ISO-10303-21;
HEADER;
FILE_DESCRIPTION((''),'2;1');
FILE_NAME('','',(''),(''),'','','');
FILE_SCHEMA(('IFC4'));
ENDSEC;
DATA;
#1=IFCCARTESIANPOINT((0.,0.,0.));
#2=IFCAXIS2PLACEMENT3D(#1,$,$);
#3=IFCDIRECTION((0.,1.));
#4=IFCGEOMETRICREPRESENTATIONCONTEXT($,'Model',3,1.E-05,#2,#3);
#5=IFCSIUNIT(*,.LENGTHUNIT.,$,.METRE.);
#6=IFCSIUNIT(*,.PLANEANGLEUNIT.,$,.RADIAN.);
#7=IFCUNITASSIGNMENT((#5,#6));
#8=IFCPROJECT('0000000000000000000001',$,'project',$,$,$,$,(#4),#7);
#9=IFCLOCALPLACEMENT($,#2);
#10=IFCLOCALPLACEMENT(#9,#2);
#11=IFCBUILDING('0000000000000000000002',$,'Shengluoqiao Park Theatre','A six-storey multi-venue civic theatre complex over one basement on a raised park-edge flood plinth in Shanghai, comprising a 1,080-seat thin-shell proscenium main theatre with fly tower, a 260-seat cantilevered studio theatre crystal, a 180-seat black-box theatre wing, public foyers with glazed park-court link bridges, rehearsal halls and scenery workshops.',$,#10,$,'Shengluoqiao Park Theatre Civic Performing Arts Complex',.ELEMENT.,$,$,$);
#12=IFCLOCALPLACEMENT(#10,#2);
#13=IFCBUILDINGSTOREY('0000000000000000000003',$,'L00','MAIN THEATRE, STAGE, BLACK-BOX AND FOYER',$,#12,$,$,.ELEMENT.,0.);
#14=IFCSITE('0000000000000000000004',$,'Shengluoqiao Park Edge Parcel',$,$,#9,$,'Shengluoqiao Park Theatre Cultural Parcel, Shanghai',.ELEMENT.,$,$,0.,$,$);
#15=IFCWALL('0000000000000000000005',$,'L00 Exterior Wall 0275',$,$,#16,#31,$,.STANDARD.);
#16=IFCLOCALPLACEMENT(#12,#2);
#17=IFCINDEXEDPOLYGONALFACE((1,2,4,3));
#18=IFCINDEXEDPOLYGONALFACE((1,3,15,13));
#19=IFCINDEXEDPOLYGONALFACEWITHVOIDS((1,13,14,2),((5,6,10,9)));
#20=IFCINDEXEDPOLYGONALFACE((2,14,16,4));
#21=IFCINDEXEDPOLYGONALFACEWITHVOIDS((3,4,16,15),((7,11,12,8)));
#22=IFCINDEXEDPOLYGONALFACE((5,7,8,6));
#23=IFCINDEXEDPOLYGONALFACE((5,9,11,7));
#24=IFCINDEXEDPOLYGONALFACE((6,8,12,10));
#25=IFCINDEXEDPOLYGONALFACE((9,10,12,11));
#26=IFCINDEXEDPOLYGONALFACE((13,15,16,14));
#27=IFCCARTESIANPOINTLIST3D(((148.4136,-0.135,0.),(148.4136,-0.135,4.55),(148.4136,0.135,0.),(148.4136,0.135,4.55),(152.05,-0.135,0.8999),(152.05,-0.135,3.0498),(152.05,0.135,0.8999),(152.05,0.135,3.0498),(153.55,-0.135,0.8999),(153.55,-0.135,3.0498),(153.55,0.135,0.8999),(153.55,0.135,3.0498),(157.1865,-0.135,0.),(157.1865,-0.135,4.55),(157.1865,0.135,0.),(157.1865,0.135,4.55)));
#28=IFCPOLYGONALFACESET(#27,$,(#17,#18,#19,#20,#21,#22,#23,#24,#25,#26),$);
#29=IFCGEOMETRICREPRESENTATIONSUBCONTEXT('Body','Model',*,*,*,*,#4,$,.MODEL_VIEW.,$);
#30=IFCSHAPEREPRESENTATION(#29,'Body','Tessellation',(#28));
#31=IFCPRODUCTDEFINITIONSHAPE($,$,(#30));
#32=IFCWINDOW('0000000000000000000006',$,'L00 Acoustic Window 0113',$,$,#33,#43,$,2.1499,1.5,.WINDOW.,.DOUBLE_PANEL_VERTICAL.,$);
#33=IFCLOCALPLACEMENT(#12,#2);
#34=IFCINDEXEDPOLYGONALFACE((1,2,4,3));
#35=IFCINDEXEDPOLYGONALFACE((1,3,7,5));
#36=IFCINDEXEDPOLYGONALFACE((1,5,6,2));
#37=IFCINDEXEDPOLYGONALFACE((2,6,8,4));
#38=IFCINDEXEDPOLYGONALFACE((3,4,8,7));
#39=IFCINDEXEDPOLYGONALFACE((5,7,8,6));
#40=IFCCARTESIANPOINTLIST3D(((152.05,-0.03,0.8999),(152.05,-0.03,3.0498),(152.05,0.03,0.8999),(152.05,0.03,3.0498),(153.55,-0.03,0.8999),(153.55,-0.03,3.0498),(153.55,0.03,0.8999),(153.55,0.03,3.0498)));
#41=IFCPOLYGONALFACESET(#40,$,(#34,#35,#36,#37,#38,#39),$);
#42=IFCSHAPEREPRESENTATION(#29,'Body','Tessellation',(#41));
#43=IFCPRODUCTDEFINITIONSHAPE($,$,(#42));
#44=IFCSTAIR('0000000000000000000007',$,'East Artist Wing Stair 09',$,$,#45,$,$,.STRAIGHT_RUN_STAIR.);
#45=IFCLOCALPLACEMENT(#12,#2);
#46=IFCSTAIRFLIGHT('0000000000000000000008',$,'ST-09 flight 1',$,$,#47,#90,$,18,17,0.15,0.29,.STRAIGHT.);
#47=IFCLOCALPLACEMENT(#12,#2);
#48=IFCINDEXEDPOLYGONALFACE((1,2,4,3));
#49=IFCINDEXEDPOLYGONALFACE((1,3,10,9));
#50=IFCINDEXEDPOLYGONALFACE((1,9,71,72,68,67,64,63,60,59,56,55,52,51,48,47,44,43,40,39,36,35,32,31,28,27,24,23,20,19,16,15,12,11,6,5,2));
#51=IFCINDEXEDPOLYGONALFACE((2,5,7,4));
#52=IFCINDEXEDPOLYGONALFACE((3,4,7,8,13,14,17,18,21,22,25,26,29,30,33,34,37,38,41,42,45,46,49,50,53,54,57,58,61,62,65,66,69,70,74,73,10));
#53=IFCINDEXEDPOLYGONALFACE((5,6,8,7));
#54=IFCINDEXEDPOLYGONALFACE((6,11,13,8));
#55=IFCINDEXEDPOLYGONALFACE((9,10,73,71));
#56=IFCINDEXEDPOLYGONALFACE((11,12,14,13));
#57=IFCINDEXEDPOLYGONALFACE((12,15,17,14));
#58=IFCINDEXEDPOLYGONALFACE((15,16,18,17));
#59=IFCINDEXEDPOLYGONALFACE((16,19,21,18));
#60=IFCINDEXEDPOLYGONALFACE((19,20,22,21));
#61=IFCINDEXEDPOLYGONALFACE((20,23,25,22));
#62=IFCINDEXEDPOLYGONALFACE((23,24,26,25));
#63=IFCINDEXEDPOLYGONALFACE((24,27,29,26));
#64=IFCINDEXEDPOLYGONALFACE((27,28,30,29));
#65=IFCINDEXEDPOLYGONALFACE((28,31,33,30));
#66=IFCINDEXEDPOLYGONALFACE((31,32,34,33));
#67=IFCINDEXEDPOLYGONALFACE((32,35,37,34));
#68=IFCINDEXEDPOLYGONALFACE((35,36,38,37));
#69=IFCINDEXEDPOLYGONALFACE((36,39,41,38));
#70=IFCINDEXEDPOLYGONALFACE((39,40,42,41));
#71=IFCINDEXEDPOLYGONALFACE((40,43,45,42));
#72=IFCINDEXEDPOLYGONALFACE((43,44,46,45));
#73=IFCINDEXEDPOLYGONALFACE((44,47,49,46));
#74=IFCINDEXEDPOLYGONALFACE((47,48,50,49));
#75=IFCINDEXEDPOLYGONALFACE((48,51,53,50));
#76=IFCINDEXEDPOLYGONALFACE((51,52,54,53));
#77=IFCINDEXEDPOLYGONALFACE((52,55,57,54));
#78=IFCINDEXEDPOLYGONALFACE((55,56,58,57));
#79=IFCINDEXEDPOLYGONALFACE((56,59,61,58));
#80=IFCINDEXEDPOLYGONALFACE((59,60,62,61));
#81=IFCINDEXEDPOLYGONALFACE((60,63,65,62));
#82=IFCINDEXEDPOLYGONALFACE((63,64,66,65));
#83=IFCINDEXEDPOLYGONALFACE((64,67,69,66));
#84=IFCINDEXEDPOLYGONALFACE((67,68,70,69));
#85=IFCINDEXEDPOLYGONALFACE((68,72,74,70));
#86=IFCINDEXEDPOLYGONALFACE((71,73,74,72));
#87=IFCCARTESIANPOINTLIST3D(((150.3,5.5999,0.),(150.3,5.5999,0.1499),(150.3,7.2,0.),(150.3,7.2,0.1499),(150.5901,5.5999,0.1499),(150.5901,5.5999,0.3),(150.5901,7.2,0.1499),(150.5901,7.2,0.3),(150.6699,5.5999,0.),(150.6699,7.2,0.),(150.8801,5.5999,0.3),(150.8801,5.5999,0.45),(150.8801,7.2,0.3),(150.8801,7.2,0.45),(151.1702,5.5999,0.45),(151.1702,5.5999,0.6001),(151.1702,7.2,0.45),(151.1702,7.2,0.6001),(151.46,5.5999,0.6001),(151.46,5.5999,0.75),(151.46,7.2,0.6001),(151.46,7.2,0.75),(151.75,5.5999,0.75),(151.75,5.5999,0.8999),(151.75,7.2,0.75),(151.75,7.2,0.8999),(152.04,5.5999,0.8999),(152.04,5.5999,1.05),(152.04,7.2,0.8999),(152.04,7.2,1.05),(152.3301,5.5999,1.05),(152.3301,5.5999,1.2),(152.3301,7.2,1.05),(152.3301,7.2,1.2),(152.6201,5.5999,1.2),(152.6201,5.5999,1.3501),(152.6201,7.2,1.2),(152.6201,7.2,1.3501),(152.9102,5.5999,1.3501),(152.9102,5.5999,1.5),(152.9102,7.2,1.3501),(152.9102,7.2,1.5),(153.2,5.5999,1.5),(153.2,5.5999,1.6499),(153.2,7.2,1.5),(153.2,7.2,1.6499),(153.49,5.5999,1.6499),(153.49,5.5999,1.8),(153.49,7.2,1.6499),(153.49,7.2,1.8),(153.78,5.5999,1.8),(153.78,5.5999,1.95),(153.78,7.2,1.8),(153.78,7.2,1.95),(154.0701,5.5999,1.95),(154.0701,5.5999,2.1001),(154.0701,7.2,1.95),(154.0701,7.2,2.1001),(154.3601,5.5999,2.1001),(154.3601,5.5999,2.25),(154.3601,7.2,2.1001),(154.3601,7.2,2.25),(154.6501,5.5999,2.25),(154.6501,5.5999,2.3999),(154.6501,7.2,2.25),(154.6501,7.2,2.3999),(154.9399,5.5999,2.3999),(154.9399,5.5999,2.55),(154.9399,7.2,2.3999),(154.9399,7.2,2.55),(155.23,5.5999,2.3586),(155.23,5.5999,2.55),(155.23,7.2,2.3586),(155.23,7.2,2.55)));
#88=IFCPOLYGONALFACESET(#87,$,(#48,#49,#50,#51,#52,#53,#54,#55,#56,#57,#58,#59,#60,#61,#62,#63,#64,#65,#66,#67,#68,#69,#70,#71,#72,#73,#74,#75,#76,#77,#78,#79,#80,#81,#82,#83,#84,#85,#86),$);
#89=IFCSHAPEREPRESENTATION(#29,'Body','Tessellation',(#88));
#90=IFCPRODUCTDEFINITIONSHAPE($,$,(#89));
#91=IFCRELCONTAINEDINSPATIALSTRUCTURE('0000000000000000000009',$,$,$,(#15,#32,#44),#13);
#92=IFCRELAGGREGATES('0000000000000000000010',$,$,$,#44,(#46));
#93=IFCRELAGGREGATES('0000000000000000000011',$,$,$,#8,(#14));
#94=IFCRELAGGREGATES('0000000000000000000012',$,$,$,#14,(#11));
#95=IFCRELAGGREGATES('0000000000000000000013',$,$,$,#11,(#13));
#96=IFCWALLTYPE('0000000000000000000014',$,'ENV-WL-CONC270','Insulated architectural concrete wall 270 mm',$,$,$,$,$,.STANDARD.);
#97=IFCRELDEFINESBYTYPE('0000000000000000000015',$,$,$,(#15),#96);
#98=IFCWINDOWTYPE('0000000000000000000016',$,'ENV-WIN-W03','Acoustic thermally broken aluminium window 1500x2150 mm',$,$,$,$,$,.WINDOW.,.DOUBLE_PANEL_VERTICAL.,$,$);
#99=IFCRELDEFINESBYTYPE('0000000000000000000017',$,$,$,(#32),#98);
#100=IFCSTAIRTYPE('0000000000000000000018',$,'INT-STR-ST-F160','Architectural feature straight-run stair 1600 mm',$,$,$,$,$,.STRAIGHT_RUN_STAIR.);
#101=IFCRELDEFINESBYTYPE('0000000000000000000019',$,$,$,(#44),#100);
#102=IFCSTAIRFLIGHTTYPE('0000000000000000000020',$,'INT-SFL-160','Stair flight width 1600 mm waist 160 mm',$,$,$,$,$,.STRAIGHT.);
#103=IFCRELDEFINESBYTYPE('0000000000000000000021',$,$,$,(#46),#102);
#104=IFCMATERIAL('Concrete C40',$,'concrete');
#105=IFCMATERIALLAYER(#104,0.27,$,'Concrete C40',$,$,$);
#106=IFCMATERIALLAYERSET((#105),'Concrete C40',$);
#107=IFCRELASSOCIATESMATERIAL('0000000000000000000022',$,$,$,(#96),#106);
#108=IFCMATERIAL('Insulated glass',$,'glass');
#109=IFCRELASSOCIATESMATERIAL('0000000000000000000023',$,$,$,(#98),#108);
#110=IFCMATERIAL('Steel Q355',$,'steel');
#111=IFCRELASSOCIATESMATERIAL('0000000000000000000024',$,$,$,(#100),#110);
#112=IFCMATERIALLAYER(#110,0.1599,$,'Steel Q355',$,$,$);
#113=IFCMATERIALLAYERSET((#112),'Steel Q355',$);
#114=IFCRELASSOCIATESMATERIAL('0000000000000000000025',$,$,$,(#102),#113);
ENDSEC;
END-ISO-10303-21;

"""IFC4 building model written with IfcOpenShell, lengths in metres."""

from ifc_helpers import new_model, si_unit, direction, frame, frame_2d, origin, place, context, subcontext, project, spatial, polyline, rectangle, outline, extrude, material, layer, layer_set, type_object, element, fill, aggregate, save


model = new_model("IFC4")

# Units and contexts
model_context = context("Model", 3, precision=1e-05, world=origin(), true_north=direction((0.0, 1.0)))
body_context = subcontext(model_context, "Body", "Model", "MODEL_VIEW")
ifc_project = project(units=[si_unit("LENGTHUNIT", "METRE"), si_unit("PLANEANGLEUNIT", "RADIAN")], contexts=[model_context])

# Site, building, storey
site_placement = place(None, origin())
site = spatial("IfcSite", under=ifc_project, at=site_placement, Name="Shengluoqiao Park Edge Parcel", LongName="Shengluoqiao Park Theatre Cultural Parcel, Shanghai", CompositionType="ELEMENT", RefElevation=0.0)
building_placement = place(site_placement, origin())
building = spatial("IfcBuilding", under=site, at=building_placement, Name="Shengluoqiao Park Theatre", Description="A six-storey multi-venue civic theatre complex over one basement on a raised park-edge flood plinth in Shanghai, comprising a 1,080-seat thin-shell proscenium main theatre with fly tower, a 260-seat cantilevered studio theatre crystal, a 180-seat black-box theatre wing, public foyers with glazed park-court link bridges, rehearsal halls and scenery workshops.", LongName="Shengluoqiao Park Theatre Civic Performing Arts Complex", CompositionType="ELEMENT")
storey_placement = place(building_placement, origin())
storey = spatial("IfcBuildingStorey", under=building, at=storey_placement, Name="L00", Description="MAIN THEATRE, STAGE, BLACK-BOX AND FOYER", CompositionType="ELEMENT", Elevation=0.0)

# Shared definitions
ifc_material_1 = material(Name="Concrete C40", Category="concrete")

# Shared definitions
ifc_material_2 = material(Name="Insulated glass", Category="glass")

# Wall, opening, window
ifc_layer_1 = layer(ifc_material_1, 0.27, Name="Concrete C40")
ifc_layer_set_1 = layer_set([ifc_layer_1], Name="Concrete C40")
wall_type = type_object("IfcWallType", Name="ENV-WL-CONC270", Description="Insulated architectural concrete wall 270 mm", PredefinedType="STANDARD", material=ifc_layer_set_1)
wall_placement = place(storey_placement, frame((148.4136, 0.0, 0.0), z_axis=(0.0, 0.0, 1.0), x_axis=(1.0, 0.0, 0.0)))
wall = element("IfcWall", 1, at=wall_placement, inside=storey, type_object=wall_type, Name="L00 Exterior Wall 0275", PredefinedType="STANDARD", context=body_context, shape_type="SweptSolid", body=[
    extrude(rectangle(XDim=8.7729, YDim=0.27, at=frame_2d((4.3865, 0.0))), origin(), (0.0, 0.0, 1.0), 4.55),
])
opening_placement = place(wall_placement, frame((3.6365, 0.0, 0.8999)))
opening = element("IfcOpeningElement", 2, at=opening_placement, cuts=wall, PredefinedType="OPENING", context=body_context, shape_type="SweptSolid", body=[
    extrude(rectangle(XDim=1.5, YDim=2.1499, at=frame_2d((0.75, 1.075))), frame((0.0, 0.145, 0.0), z_axis=(0.0, -1.0, 0.0), x_axis=(1.0, 0.0, 0.0)), (0.0, 0.0, 1.0), 0.29),
])
window_type = type_object("IfcWindowType", Name="ENV-WIN-W03", Description="Acoustic thermally broken aluminium window 1500x2150 mm", PartitioningType="DOUBLE_PANEL_VERTICAL", PredefinedType="WINDOW", material=ifc_material_2)
window_placement = place(opening_placement, origin())
window = element("IfcWindow", 3, at=window_placement, inside=storey, type_object=window_type, Name="L00 Acoustic Window 0113", OverallHeight=2.1499, OverallWidth=1.5, PartitioningType="DOUBLE_PANEL_VERTICAL", PredefinedType="WINDOW", context=body_context, shape_type="SweptSolid", body=[
    extrude(rectangle(XDim=1.5, YDim=2.1499, at=frame_2d((0.75, 1.075))), frame((0.0, 0.03, 0.0), z_axis=(0.0, -1.0, 0.0), x_axis=(1.0, 0.0, 0.0)), (0.0, 0.0, 1.0), 0.0601),
])
fill(opening, window)

# Stair, stair flight
ifc_material_3 = material(Name="Steel Q355", Category="steel")
stair_type = type_object("IfcStairType", Name="INT-STR-ST-F160", Description="Architectural feature straight-run stair 1600 mm", PredefinedType="STRAIGHT_RUN_STAIR", material=ifc_material_3)
stair_placement = place(storey_placement, origin())
stair = element("IfcStair", 4, at=stair_placement, inside=storey, type_object=stair_type, Name="East Artist Wing Stair 09", PredefinedType="STRAIGHT_RUN_STAIR")
ifc_layer_2 = layer(ifc_material_3, 0.1599, Name="Steel Q355")
ifc_layer_set_2 = layer_set([ifc_layer_2], Name="Steel Q355")
stair_flight_type = type_object("IfcStairFlightType", Name="INT-SFL-160", Description="Stair flight width 1600 mm waist 160 mm", PredefinedType="STRAIGHT", material=ifc_layer_set_2)
stair_flight_placement = place(storey_placement, frame((150.3, 6.3999, 0.0), z_axis=(0.0, 0.0, 1.0), x_axis=(1.0, 0.0, 0.0)))
stair_flight = element("IfcStairFlight", 5, at=stair_flight_placement, type_object=stair_flight_type, Name="ST-09 flight 1", NumberOfRisers=18, NumberOfTreads=17, PredefinedType="STRAIGHT", RiserHeight=0.15, TreadLength=0.29, context=body_context, shape_type="SweptSolid", body=[
    extrude(outline(polyline([(0.0, 0.0), (0.0, 0.1499), (0.29, 0.1499), (0.29, 0.3), (0.5801, 0.3), (0.5801, 0.45), (0.8701, 0.45), (0.8701, 0.6001), (1.1599, 0.6001), (1.1599, 0.75), (1.45, 0.75), (1.45, 0.8999), (1.74, 0.8999), (1.74, 1.05), (2.03, 1.05), (2.03, 1.2), (2.3201, 1.2), (2.3201, 1.3501), (2.6101, 1.3501), (2.6101, 1.5), (2.8999, 1.5), (2.8999, 1.6499), (3.1899, 1.6499), (3.1899, 1.8), (3.48, 1.8), (3.48, 1.95), (3.77, 1.95), (3.77, 2.1001), (4.0601, 2.1001), (4.0601, 2.25), (4.3501, 2.25), (4.3501, 2.3999), (4.6399, 2.3999), (4.6399, 2.55), (4.9299, 2.55), (4.9299, 2.7), (4.9299, 2.3586), (0.3699, 0.0), (0.0, 0.0)])), frame((0.0, 0.8, 0.0), z_axis=(0.0, -1.0, 0.0), x_axis=(1.0, 0.0, 0.0)), (0.0, 0.0, 1.0), 1.6001),
])
aggregate(stair, [stair_flight])

save(model, "model.ifc")
